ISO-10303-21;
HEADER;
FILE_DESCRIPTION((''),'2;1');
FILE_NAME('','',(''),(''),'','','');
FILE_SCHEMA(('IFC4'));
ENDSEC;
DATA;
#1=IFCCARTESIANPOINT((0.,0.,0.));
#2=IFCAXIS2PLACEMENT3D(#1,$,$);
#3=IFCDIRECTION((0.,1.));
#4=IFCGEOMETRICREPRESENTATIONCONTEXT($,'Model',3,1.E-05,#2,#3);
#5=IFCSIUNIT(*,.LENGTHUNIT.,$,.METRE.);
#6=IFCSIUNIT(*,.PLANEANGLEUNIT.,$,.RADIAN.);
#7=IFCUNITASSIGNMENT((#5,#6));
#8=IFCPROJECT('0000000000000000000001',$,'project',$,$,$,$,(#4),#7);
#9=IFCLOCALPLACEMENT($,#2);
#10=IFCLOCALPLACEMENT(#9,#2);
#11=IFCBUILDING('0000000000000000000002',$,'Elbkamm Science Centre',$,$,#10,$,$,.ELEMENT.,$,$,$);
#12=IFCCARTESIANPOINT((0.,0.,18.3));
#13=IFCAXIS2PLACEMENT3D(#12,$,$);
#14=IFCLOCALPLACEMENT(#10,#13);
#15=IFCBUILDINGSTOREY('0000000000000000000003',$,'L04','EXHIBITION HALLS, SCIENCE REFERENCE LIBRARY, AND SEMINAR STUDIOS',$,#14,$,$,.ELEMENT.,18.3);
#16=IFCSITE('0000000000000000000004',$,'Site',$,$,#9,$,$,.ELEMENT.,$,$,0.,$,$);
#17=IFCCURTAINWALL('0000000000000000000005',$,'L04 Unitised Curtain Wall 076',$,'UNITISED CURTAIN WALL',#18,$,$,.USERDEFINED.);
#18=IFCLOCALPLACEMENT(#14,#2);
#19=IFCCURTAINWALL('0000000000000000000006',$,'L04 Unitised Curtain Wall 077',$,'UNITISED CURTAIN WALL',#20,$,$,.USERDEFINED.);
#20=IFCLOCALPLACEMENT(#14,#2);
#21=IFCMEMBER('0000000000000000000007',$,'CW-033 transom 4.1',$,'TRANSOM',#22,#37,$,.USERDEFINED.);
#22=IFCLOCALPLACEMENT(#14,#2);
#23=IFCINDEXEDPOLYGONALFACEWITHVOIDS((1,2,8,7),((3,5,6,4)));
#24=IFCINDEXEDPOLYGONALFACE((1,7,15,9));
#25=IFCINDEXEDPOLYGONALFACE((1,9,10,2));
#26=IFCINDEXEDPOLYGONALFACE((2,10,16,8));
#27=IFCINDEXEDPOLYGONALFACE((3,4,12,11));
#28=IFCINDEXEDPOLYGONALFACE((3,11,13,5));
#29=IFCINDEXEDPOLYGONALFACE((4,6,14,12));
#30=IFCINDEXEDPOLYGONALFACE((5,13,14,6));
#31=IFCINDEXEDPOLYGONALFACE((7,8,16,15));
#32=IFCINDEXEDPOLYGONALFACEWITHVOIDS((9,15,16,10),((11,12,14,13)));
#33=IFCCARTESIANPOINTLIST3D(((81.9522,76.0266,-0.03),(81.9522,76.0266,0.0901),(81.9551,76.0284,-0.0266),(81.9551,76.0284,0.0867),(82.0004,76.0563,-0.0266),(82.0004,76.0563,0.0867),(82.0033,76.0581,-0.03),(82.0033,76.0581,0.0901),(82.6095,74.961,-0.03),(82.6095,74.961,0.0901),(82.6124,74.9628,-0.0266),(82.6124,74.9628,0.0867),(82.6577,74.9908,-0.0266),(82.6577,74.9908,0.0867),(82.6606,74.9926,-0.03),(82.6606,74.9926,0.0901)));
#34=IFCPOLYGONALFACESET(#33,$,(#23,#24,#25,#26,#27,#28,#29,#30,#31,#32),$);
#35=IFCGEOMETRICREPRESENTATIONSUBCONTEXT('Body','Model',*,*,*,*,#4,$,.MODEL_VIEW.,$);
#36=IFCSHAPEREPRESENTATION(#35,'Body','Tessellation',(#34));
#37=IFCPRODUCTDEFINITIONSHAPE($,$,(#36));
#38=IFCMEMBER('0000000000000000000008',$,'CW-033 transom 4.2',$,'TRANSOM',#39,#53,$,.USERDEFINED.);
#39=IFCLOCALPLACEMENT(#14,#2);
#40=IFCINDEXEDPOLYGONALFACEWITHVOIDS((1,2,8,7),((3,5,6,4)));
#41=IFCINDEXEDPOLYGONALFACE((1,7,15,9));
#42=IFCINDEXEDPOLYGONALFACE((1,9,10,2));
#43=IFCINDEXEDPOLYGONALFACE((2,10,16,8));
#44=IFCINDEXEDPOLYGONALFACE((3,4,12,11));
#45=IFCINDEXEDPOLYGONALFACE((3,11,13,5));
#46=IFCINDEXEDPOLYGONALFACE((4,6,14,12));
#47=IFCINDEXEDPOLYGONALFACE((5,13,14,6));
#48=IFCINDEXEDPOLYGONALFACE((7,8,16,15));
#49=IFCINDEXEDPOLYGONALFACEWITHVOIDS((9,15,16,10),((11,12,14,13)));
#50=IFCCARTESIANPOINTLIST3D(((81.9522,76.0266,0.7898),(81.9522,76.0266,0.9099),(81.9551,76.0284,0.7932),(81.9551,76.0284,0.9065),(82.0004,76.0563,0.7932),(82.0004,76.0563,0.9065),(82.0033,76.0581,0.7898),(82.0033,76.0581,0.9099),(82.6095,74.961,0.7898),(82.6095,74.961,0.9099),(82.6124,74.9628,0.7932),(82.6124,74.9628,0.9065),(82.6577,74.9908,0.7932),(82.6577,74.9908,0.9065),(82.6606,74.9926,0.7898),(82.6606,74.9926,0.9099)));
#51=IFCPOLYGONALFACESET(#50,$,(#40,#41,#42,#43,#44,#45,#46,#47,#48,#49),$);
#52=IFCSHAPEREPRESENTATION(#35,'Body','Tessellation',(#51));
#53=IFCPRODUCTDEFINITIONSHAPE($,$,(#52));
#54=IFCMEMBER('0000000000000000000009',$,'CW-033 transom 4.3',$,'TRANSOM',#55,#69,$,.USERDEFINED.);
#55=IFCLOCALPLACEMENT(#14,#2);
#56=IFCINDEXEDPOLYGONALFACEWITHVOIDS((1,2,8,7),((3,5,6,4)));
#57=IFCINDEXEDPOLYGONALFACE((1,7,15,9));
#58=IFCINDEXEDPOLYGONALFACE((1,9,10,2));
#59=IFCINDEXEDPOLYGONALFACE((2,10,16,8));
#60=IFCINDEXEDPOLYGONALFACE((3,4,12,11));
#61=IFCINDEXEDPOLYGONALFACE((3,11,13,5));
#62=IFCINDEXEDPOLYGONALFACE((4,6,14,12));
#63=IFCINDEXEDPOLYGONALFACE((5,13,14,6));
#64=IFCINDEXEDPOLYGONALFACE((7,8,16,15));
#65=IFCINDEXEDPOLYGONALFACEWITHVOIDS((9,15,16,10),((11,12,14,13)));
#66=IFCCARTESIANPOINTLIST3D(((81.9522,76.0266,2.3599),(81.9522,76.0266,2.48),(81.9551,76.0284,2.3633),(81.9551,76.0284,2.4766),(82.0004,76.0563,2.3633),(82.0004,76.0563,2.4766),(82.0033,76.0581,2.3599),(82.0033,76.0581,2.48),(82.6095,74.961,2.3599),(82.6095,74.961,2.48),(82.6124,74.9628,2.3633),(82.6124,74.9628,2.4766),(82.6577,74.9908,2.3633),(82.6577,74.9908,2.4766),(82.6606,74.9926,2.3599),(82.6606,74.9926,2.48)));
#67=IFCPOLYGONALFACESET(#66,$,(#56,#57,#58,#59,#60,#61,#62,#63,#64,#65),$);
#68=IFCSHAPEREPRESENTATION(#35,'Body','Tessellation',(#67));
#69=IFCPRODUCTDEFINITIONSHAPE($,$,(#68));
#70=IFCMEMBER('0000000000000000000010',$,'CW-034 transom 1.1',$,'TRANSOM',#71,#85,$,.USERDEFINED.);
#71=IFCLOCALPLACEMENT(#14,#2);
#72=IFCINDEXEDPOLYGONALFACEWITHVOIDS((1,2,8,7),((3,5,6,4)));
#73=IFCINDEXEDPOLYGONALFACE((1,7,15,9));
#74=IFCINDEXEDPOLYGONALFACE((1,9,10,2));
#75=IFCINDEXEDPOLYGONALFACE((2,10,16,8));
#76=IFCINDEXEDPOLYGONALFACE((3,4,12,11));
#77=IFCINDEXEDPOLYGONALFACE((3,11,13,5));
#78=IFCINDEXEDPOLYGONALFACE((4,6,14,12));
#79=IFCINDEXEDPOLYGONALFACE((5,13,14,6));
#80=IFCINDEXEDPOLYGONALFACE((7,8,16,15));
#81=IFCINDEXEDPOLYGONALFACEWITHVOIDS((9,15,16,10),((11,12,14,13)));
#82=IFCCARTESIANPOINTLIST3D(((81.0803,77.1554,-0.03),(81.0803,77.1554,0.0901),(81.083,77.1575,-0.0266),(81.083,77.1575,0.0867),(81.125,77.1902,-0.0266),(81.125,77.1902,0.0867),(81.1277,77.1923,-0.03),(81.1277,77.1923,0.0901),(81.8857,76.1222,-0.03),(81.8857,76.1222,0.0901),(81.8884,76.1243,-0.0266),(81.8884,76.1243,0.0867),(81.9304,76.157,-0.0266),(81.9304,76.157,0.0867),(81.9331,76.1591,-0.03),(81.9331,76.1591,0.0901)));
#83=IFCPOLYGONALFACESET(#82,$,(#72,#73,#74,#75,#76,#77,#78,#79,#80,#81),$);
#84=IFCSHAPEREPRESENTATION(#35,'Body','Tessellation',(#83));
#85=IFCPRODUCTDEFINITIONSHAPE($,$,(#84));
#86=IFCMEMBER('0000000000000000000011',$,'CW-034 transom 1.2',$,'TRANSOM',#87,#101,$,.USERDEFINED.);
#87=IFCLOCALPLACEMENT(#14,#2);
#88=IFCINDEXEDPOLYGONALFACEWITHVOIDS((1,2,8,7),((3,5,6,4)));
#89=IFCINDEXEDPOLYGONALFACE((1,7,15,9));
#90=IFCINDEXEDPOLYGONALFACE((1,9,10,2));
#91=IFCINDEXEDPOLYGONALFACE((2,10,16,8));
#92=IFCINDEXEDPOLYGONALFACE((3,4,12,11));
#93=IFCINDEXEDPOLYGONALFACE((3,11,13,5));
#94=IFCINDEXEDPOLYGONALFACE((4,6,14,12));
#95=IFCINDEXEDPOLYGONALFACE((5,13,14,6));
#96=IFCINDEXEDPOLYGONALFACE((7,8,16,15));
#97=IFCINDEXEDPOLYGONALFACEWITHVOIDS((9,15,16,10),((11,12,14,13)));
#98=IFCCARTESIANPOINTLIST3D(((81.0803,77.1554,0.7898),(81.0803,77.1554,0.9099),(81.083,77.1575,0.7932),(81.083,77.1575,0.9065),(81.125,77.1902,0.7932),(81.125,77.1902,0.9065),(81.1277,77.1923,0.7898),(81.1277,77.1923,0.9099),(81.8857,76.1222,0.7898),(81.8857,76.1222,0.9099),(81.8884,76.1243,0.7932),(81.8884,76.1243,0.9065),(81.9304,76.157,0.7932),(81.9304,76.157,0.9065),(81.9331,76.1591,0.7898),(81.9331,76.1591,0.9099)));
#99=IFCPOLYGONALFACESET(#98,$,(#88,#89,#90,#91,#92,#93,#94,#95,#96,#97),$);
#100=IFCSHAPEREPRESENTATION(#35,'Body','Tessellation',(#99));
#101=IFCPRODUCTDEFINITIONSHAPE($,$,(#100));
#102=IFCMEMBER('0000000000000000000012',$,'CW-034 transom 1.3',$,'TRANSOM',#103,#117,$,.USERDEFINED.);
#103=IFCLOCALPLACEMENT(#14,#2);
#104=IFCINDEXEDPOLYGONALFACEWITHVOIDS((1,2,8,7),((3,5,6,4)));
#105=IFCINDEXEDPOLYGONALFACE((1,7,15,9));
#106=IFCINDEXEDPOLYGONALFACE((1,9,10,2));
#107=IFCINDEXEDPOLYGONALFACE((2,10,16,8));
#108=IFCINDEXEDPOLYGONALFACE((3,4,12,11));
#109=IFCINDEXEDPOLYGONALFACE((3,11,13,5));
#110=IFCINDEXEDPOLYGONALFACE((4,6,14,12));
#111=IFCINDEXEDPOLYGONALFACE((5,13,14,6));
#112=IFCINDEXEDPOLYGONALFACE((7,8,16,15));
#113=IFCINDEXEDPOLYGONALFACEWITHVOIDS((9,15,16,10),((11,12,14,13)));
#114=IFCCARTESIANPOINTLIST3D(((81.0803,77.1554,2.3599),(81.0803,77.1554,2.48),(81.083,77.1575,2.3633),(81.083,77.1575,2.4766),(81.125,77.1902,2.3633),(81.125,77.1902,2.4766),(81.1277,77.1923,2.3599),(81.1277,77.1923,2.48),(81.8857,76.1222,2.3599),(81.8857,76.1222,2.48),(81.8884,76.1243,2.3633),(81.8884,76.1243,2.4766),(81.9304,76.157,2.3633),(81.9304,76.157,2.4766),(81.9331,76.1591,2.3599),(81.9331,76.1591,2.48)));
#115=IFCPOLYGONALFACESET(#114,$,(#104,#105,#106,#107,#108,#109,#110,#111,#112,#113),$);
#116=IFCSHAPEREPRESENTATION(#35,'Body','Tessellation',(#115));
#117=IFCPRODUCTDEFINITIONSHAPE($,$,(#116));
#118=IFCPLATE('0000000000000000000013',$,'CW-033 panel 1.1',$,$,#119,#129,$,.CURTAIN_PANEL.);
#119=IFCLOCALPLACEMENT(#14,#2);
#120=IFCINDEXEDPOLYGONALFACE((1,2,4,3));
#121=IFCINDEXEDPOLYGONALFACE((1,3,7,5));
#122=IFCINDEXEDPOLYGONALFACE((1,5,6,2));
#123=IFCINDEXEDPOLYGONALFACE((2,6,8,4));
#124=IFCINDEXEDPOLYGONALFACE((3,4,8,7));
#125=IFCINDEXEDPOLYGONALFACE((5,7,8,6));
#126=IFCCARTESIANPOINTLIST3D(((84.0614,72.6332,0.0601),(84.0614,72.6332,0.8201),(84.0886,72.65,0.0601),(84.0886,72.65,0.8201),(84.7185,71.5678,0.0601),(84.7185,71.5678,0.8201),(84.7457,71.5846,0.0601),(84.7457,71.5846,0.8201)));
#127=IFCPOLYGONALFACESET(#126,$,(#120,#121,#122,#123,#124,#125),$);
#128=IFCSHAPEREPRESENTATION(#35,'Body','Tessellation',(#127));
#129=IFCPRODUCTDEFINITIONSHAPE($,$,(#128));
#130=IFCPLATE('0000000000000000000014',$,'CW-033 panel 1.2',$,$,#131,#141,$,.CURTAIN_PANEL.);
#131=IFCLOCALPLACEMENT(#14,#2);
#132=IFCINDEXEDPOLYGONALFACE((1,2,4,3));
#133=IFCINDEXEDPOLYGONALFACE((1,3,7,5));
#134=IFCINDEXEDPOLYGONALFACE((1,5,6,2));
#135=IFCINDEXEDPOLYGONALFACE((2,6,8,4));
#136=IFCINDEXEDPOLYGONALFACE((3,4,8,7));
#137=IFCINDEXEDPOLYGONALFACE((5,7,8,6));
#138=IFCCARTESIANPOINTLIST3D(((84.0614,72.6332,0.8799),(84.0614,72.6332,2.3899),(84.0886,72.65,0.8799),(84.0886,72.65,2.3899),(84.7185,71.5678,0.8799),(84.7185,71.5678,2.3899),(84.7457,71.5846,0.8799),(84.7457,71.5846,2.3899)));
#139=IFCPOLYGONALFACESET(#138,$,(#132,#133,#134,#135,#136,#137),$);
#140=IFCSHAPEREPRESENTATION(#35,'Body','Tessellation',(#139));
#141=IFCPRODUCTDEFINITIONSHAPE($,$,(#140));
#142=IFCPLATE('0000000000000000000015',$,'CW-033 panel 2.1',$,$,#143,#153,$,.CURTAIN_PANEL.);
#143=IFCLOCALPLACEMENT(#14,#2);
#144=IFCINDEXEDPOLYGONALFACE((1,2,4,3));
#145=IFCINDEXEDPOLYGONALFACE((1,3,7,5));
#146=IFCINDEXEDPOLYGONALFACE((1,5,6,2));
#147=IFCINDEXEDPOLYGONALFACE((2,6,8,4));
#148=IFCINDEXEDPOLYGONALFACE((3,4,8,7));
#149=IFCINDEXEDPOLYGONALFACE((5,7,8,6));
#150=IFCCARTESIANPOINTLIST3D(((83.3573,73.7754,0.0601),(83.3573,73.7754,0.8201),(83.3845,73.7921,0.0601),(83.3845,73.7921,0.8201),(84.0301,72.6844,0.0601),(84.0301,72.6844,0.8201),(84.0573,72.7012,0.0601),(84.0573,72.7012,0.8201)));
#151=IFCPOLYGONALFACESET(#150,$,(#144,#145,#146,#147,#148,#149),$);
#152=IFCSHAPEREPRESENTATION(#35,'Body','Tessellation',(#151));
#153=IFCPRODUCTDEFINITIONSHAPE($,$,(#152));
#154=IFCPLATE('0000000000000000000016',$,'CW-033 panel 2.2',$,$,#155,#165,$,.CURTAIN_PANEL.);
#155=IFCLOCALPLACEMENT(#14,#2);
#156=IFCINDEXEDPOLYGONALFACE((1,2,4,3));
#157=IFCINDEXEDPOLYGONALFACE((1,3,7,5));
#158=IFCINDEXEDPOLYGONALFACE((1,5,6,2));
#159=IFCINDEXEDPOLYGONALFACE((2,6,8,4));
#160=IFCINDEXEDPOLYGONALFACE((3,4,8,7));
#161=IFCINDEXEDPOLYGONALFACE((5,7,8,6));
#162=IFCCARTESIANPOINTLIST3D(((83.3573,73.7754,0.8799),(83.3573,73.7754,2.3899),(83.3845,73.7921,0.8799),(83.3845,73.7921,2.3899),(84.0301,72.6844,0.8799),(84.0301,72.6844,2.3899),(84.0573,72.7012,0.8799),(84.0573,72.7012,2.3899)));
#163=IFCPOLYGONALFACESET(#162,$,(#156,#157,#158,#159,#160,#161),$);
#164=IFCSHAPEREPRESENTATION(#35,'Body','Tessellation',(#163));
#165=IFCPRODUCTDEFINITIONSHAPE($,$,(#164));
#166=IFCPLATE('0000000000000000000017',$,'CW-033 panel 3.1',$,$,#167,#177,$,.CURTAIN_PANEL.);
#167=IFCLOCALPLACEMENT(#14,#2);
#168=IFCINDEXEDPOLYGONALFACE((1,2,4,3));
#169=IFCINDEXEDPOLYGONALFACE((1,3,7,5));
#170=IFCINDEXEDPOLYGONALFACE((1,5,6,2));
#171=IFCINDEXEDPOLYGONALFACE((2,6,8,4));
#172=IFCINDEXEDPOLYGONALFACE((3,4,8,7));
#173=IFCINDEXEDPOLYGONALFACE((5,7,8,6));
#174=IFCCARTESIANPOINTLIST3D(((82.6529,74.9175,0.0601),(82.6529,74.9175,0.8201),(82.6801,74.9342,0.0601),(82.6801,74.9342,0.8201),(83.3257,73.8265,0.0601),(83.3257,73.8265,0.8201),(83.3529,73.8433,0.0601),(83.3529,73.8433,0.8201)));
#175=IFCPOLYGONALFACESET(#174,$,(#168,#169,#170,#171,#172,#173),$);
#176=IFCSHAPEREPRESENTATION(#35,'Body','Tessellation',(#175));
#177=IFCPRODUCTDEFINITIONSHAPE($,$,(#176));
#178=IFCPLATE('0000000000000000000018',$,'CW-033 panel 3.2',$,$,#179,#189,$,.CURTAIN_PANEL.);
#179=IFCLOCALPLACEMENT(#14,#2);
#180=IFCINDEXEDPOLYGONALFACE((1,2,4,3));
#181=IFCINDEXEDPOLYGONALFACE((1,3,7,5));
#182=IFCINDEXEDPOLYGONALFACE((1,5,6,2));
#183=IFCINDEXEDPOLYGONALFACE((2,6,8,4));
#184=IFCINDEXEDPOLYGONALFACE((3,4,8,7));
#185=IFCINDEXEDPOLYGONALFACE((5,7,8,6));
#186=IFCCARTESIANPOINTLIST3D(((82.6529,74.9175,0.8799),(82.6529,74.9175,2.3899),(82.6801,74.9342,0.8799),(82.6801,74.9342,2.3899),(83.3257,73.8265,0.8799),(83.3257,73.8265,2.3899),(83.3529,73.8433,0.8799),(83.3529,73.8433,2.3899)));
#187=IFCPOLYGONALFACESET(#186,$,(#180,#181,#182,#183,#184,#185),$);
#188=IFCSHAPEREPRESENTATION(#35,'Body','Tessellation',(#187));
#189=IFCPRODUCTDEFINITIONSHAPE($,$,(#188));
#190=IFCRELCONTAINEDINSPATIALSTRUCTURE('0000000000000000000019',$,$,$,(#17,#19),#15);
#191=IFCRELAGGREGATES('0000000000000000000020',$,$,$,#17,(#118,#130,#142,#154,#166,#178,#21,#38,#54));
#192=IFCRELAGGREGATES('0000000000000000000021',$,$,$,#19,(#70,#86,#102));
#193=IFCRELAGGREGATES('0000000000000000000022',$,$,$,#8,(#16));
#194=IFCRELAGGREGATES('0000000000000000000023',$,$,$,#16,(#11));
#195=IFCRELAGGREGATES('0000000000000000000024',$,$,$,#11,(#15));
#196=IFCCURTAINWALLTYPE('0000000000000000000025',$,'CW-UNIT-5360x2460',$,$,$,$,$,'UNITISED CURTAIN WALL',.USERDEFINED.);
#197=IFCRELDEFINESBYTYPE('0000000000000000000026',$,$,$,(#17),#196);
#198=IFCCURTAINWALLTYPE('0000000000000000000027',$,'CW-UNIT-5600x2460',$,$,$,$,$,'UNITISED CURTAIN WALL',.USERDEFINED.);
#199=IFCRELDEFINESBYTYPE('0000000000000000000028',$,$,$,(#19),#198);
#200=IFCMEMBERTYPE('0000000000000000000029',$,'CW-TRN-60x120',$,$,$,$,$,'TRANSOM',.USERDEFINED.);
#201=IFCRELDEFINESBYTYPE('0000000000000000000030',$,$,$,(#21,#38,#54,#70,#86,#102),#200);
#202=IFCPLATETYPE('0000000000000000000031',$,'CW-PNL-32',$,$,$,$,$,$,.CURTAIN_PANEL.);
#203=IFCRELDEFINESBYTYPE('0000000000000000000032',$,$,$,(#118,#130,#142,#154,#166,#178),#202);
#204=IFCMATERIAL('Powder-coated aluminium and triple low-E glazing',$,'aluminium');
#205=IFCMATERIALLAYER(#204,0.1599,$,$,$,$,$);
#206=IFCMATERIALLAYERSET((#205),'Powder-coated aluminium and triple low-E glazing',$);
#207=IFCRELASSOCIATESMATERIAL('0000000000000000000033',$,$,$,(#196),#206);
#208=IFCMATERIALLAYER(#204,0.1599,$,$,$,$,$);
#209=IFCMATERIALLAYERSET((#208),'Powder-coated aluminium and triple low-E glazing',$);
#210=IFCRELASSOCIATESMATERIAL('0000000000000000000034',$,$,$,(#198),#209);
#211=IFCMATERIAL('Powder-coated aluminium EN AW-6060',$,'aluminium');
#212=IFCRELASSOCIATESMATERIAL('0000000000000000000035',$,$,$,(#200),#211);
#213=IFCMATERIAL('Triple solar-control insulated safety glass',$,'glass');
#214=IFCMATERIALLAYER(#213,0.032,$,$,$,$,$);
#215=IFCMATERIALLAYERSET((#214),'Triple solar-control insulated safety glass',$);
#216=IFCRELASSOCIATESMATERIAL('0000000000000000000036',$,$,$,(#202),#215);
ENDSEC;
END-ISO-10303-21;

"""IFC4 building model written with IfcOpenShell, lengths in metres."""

from ifc_helpers import new_model, si_unit, direction, frame, origin, origin_2d, place, context, subcontext, project, spatial, rectangle, hollow_rectangle, extrude, material, layer, layer_set, material_profile, profile_set, type_object, element, aggregate, save


model = new_model("IFC4")

# Units and contexts
model_context = context("Model", 3, precision=1e-05, world=origin(), true_north=direction((0.0, 1.0)))
body_context = subcontext(model_context, "Body", "Model", "MODEL_VIEW")
ifc_project = project(units=[si_unit("LENGTHUNIT", "METRE"), si_unit("PLANEANGLEUNIT", "RADIAN")], contexts=[model_context])

# Site, building, storey
site_placement = place(None, origin())
site = spatial("IfcSite", under=ifc_project, at=site_placement, Name="Site", CompositionType="ELEMENT", RefElevation=0.0)
building_placement = place(site_placement, origin())
building = spatial("IfcBuilding", under=site, at=building_placement, Name="Elbkamm Science Centre", CompositionType="ELEMENT")
storey_placement = place(building_placement, frame((0.0, 0.0, 18.3)))
storey = spatial("IfcBuildingStorey", under=building, at=storey_placement, Name="L04", Description="EXHIBITION HALLS, SCIENCE REFERENCE LIBRARY, AND SEMINAR STUDIOS", CompositionType="ELEMENT", Elevation=18.3)

# Curtain wall
ifc_material_1 = material(Name="Powder-coated aluminium and triple low-E glazing", Category="aluminium")
ifc_layer_1 = layer(ifc_material_1, 0.1599)
ifc_layer_set_1 = layer_set([ifc_layer_1], Name="Powder-coated aluminium and triple low-E glazing")
curtain_wall_type_1 = type_object("IfcCurtainWallType", Name="CW-UNIT-5360x2460", ElementType="UNITISED CURTAIN WALL", PredefinedType="USERDEFINED", material=ifc_layer_set_1)
curtain_wall_1_placement = place(storey_placement, origin())
curtain_wall_1 = element("IfcCurtainWall", 1, at=curtain_wall_1_placement, inside=storey, type_object=curtain_wall_type_1, Name="L04 Unitised Curtain Wall 076", ObjectType="UNITISED CURTAIN WALL", PredefinedType="USERDEFINED")
ifc_material_2 = material(Name="Powder-coated aluminium EN AW-6060", Category="aluminium")

# Curtain wall
ifc_layer_2 = layer(ifc_material_1, 0.1599)
ifc_layer_set_2 = layer_set([ifc_layer_2], Name="Powder-coated aluminium and triple low-E glazing")
curtain_wall_type_2 = type_object("IfcCurtainWallType", Name="CW-UNIT-5600x2460", ElementType="UNITISED CURTAIN WALL", PredefinedType="USERDEFINED", material=ifc_layer_set_2)
curtain_wall_2_placement = place(storey_placement, origin())
curtain_wall_2 = element("IfcCurtainWall", 2, at=curtain_wall_2_placement, inside=storey, type_object=curtain_wall_type_2, Name="L04 Unitised Curtain Wall 077", ObjectType="UNITISED CURTAIN WALL", PredefinedType="USERDEFINED")

# Members
ifc_material_profile_1 = material_profile(ifc_material_2, hollow_rectangle(XDim=0.0601, YDim=0.1201, WallThickness=0.0034, at=origin_2d()), Name="ALU T60x120")
ifc_profile_set_1 = profile_set([ifc_material_profile_1], Name="Powder-coated aluminium EN AW-6060")
member_type_1 = type_object("IfcMemberType", Name="CW-TRN-60x120", ElementType="TRANSOM", PredefinedType="USERDEFINED", material=ifc_profile_set_1)
member_1_placement = place(storey_placement, frame((82.635, 74.9768, 0.03), z_axis=(-0.525011, 0.851095, 0.0), x_axis=(-0.851095, -0.525011, 0.0)))
member_1 = element("IfcMember", 3, at=member_1_placement, type_object=member_type_1, Name="CW-033 transom 4.1", ObjectType="TRANSOM", PredefinedType="USERDEFINED", context=body_context, shape_type="SweptSolid", body=[
    extrude(hollow_rectangle(XDim=0.0601, YDim=0.1201, WallThickness=0.0034, at=origin_2d()), origin(), (0.0, 0.0, 1.0), 1.252),
])
member_2_placement = place(storey_placement, frame((82.635, 74.9768, 0.8499), z_axis=(-0.525011, 0.851095, 0.0), x_axis=(-0.851095, -0.525011, 0.0)))
member_2 = element("IfcMember", 4, at=member_2_placement, type_object=member_type_1, Name="CW-033 transom 4.2", ObjectType="TRANSOM", PredefinedType="USERDEFINED", context=body_context, shape_type="SweptSolid", body=[
    extrude(hollow_rectangle(XDim=0.0601, YDim=0.1201, WallThickness=0.0034, at=origin_2d()), origin(), (0.0, 0.0, 1.0), 1.252),
])
member_3_placement = place(storey_placement, frame((82.635, 74.9768, 2.4199), z_axis=(-0.525011, 0.851095, 0.0), x_axis=(-0.851095, -0.525011, 0.0)))
member_3 = element("IfcMember", 5, at=member_3_placement, type_object=member_type_1, Name="CW-033 transom 4.3", ObjectType="TRANSOM", PredefinedType="USERDEFINED", context=body_context, shape_type="SweptSolid", body=[
    extrude(hollow_rectangle(XDim=0.0601, YDim=0.1201, WallThickness=0.0034, at=origin_2d()), origin(), (0.0, 0.0, 1.0), 1.252),
])
member_4_placement = place(storey_placement, frame((81.9094, 76.1406, 0.03), z_axis=(-0.614805, 0.788679, 0.0), x_axis=(-0.788679, -0.614805, 0.0)))
member_4 = element("IfcMember", 6, at=member_4_placement, type_object=member_type_1, Name="CW-034 transom 1.1", ObjectType="TRANSOM", PredefinedType="USERDEFINED", context=body_context, shape_type="SweptSolid", body=[
    extrude(hollow_rectangle(XDim=0.0601, YDim=0.1201, WallThickness=0.0034, at=origin_2d()), origin(), (0.0, 0.0, 1.0), 1.3101),
])
member_5_placement = place(storey_placement, frame((81.9094, 76.1406, 0.8499), z_axis=(-0.614805, 0.788679, 0.0), x_axis=(-0.788679, -0.614805, 0.0)))
member_5 = element("IfcMember", 7, at=member_5_placement, type_object=member_type_1, Name="CW-034 transom 1.2", ObjectType="TRANSOM", PredefinedType="USERDEFINED", context=body_context, shape_type="SweptSolid", body=[
    extrude(hollow_rectangle(XDim=0.0601, YDim=0.1201, WallThickness=0.0034, at=origin_2d()), origin(), (0.0, 0.0, 1.0), 1.3101),
])
member_6_placement = place(storey_placement, frame((81.9094, 76.1406, 2.4199), z_axis=(-0.614805, 0.788679, 0.0), x_axis=(-0.788679, -0.614805, 0.0)))
member_6 = element("IfcMember", 8, at=member_6_placement, type_object=member_type_1, Name="CW-034 transom 1.3", ObjectType="TRANSOM", PredefinedType="USERDEFINED", context=body_context, shape_type="SweptSolid", body=[
    extrude(hollow_rectangle(XDim=0.0601, YDim=0.1201, WallThickness=0.0034, at=origin_2d()), origin(), (0.0, 0.0, 1.0), 1.3101),
])

# Plates
ifc_material_3 = material(Name="Triple solar-control insulated safety glass", Category="glass")
ifc_layer_3 = layer(ifc_material_3, 0.032)
ifc_layer_set_3 = layer_set([ifc_layer_3], Name="Triple solar-control insulated safety glass")
plate_type = type_object("IfcPlateType", Name="CW-PNL-32", PredefinedType="CURTAIN_PANEL", material=ifc_layer_set_3)
plate_1_placement = place(storey_placement, frame((84.4036, 72.1089, 0.0601), z_axis=(0.0, 0.0, 1.0), x_axis=(-0.524927, 0.851147, 0.0)))
plate_1 = element("IfcPlate", 9, at=plate_1_placement, type_object=plate_type, Name="CW-033 panel 1.1", PredefinedType="CURTAIN_PANEL", context=body_context, shape_type="SweptSolid", body=[
    extrude(rectangle(XDim=1.2517, YDim=0.032, at=origin_2d()), origin(), (0.0, 0.0, 1.0), 0.76),
])
plate_2_placement = place(storey_placement, frame((84.4036, 72.1089, 0.8799), z_axis=(0.0, 0.0, 1.0), x_axis=(-0.524927, 0.851147, 0.0)))
plate_2 = element("IfcPlate", 10, at=plate_2_placement, type_object=plate_type, Name="CW-033 panel 1.2", PredefinedType="CURTAIN_PANEL", context=body_context, shape_type="SweptSolid", body=[
    extrude(rectangle(XDim=1.2517, YDim=0.032, at=origin_2d()), origin(), (0.0, 0.0, 1.0), 1.51),
])
plate_3_placement = place(storey_placement, frame((83.7073, 73.2383, 0.0601), z_axis=(0.0, 0.0, 1.0), x_axis=(-0.524927, 0.851147, 0.0)))
plate_3 = element("IfcPlate", 11, at=plate_3_placement, type_object=plate_type, Name="CW-033 panel 2.1", PredefinedType="CURTAIN_PANEL", context=body_context, shape_type="SweptSolid", body=[
    extrude(rectangle(XDim=1.2817, YDim=0.032, at=origin_2d()), origin(), (0.0, 0.0, 1.0), 0.76),
])
plate_4_placement = place(storey_placement, frame((83.7073, 73.2383, 0.8799), z_axis=(0.0, 0.0, 1.0), x_axis=(-0.524927, 0.851147, 0.0)))
plate_4 = element("IfcPlate", 12, at=plate_4_placement, type_object=plate_type, Name="CW-033 panel 2.2", PredefinedType="CURTAIN_PANEL", context=body_context, shape_type="SweptSolid", body=[
    extrude(rectangle(XDim=1.2817, YDim=0.032, at=origin_2d()), origin(), (0.0, 0.0, 1.0), 1.51),
])
plate_5_placement = place(storey_placement, frame((83.0029, 74.3804, 0.0601), z_axis=(0.0, 0.0, 1.0), x_axis=(-0.524927, 0.851147, 0.0)))
plate_5 = element("IfcPlate", 13, at=plate_5_placement, type_object=plate_type, Name="CW-033 panel 3.1", PredefinedType="CURTAIN_PANEL", context=body_context, shape_type="SweptSolid", body=[
    extrude(rectangle(XDim=1.2817, YDim=0.032, at=origin_2d()), origin(), (0.0, 0.0, 1.0), 0.76),
])
plate_6_placement = place(storey_placement, frame((83.0029, 74.3804, 0.8799), z_axis=(0.0, 0.0, 1.0), x_axis=(-0.524927, 0.851147, 0.0)))
plate_6 = element("IfcPlate", 14, at=plate_6_placement, type_object=plate_type, Name="CW-033 panel 3.2", PredefinedType="CURTAIN_PANEL", context=body_context, shape_type="SweptSolid", body=[
    extrude(rectangle(XDim=1.2817, YDim=0.032, at=origin_2d()), origin(), (0.0, 0.0, 1.0), 1.51),
])
aggregate(curtain_wall_1, [plate_1, plate_2, plate_3, plate_4, plate_5, plate_6, member_1, member_2, member_3])
aggregate(curtain_wall_2, [member_4, member_5, member_6])

save(model, "model.ifc")
